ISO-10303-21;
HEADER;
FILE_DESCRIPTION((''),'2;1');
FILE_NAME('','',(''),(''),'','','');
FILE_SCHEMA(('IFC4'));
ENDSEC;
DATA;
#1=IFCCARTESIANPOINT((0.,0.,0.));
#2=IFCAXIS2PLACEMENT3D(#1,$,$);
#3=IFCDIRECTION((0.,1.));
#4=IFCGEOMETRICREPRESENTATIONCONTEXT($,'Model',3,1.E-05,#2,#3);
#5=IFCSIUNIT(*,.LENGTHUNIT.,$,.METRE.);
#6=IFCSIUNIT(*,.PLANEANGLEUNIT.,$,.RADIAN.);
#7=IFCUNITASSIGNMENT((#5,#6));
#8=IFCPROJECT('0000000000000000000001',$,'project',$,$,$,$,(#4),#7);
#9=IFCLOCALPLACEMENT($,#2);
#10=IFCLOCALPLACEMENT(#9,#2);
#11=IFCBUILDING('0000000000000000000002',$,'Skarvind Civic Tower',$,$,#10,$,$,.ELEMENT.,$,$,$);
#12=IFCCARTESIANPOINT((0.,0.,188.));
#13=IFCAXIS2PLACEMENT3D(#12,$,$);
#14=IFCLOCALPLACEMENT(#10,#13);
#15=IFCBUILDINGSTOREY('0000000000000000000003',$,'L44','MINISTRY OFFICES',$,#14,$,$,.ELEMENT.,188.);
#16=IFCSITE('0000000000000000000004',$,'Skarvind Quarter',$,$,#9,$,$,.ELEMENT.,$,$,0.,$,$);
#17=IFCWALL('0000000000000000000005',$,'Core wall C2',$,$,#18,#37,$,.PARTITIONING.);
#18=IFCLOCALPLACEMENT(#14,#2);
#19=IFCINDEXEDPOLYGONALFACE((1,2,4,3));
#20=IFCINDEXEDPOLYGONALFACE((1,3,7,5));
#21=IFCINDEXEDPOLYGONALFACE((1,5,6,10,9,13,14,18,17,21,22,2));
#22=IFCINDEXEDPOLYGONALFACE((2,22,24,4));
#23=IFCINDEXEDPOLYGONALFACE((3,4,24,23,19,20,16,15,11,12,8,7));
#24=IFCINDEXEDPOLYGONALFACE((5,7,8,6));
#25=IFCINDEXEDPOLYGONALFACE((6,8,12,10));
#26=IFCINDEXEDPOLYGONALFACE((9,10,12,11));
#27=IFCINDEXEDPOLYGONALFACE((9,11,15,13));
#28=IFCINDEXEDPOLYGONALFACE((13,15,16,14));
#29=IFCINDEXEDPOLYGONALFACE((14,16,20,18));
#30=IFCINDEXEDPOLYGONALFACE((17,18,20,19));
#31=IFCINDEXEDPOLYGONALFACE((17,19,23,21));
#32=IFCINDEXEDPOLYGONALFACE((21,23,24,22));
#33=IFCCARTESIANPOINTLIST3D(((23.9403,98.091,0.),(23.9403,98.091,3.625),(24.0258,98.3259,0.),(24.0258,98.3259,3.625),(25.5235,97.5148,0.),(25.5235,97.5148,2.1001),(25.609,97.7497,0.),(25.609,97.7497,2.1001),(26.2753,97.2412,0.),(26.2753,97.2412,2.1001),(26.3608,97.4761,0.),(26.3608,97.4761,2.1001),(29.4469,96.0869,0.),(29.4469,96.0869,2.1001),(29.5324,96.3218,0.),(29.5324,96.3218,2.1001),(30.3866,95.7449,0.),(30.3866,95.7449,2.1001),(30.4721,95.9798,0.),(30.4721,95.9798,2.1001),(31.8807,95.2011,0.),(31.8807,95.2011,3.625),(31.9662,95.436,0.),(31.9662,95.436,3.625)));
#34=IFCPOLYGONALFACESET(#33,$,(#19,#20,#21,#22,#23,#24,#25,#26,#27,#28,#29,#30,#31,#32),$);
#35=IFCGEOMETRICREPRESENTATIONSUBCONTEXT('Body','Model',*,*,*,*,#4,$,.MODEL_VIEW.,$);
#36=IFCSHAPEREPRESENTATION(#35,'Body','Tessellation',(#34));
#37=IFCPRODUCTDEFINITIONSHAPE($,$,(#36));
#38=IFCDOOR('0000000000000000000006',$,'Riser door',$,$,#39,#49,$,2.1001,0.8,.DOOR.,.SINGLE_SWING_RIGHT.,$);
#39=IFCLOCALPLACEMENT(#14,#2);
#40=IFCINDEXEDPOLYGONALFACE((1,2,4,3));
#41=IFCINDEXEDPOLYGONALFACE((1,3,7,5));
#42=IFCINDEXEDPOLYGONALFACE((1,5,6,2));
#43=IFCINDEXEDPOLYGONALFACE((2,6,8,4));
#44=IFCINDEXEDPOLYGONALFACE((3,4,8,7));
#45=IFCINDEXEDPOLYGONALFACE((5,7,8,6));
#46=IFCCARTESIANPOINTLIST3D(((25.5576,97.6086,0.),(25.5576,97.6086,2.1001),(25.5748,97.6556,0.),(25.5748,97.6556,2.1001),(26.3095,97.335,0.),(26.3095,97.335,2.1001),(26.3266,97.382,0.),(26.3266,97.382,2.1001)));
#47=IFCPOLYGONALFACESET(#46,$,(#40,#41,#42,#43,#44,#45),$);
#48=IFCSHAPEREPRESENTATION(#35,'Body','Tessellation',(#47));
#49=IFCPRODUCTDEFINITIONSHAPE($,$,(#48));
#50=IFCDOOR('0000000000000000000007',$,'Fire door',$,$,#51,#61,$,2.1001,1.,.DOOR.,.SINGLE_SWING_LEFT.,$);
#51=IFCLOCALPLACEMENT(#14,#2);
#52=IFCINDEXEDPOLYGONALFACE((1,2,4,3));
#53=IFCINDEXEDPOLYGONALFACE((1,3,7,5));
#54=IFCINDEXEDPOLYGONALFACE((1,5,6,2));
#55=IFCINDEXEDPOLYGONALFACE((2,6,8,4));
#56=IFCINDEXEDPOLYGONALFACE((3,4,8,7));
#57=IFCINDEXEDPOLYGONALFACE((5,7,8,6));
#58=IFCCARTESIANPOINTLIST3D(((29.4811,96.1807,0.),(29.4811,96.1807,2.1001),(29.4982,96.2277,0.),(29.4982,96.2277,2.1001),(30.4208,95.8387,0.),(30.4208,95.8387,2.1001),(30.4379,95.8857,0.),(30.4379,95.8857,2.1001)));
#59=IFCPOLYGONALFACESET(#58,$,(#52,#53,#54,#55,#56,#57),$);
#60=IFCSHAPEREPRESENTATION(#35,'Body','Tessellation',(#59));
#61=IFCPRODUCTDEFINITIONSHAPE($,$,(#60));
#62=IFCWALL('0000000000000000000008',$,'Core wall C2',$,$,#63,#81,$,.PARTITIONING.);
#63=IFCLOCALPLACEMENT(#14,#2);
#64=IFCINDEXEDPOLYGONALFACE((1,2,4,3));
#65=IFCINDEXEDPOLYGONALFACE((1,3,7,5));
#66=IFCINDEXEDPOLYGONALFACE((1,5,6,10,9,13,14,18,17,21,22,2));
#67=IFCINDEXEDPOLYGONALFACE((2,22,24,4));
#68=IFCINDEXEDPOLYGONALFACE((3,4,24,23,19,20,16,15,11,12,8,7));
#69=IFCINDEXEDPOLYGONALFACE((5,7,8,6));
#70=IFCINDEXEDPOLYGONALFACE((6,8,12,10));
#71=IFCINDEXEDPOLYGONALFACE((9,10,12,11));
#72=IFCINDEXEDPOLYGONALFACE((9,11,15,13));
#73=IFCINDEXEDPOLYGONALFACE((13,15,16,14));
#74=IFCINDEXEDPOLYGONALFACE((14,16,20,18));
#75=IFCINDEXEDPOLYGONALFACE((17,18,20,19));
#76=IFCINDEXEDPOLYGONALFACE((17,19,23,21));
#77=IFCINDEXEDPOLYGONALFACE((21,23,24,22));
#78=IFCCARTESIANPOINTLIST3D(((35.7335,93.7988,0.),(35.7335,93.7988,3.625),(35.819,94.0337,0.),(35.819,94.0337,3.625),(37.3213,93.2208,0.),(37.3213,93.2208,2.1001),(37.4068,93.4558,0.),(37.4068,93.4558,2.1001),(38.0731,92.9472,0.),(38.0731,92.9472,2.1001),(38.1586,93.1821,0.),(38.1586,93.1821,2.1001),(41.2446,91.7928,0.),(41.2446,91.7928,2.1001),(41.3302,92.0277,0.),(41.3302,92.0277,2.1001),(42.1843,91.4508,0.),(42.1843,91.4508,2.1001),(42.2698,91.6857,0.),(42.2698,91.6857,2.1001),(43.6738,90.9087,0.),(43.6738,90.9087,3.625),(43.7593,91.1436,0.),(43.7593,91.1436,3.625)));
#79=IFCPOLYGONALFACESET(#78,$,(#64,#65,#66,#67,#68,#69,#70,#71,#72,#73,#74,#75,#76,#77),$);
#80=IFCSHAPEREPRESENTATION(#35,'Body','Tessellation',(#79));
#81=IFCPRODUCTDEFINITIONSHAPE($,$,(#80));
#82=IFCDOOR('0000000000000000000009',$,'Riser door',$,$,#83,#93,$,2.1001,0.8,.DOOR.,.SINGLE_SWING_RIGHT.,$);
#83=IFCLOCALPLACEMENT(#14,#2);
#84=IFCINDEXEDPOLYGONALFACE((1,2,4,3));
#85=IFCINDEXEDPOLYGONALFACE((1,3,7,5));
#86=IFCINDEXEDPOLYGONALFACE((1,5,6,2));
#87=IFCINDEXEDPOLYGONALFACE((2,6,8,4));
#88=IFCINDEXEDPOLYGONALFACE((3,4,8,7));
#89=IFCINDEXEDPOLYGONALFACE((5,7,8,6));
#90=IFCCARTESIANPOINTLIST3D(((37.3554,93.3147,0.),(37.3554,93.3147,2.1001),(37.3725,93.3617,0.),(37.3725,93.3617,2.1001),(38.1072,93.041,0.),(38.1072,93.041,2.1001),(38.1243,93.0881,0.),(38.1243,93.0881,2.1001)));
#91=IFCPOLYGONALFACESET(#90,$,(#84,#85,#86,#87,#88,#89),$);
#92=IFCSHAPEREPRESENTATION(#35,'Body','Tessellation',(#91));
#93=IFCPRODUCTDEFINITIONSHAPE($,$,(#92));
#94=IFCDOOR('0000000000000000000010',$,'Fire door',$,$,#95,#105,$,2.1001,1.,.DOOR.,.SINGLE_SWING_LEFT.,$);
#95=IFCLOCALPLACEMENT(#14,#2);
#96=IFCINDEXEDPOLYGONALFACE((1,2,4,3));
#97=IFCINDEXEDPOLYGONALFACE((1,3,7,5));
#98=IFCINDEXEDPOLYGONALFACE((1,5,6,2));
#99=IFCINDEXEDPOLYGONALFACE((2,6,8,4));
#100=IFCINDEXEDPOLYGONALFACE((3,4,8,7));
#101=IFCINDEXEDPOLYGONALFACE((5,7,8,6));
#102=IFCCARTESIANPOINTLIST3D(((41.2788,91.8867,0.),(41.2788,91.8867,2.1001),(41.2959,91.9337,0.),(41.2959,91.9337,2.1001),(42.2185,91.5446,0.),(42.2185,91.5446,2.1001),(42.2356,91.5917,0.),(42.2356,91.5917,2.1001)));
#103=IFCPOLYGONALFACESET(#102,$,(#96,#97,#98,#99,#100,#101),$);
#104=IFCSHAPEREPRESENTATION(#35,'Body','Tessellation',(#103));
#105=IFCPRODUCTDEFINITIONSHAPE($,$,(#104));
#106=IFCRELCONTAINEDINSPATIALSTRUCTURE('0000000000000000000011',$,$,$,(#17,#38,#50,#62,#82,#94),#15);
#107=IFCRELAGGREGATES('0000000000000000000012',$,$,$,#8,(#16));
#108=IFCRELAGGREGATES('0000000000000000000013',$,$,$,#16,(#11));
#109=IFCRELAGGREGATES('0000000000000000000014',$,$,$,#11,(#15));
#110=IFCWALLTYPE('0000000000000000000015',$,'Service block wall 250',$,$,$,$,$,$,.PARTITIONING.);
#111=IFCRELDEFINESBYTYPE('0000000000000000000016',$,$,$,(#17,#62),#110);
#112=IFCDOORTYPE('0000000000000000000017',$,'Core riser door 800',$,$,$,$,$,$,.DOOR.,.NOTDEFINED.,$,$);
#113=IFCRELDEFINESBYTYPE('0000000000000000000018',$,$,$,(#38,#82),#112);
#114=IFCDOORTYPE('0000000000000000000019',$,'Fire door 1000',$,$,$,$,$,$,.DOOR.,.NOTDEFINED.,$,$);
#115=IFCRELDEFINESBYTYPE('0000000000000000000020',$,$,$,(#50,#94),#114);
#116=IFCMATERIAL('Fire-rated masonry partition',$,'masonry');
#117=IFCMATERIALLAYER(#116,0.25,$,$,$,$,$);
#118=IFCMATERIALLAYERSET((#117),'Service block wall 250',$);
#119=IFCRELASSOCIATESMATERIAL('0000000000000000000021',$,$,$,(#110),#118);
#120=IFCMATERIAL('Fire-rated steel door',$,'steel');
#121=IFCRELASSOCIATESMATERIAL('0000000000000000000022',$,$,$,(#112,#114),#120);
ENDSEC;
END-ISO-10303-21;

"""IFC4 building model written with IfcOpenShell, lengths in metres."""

from ifc_helpers import new_model, si_unit, direction, frame, frame_2d, origin, place, context, subcontext, project, spatial, rectangle, extrude, material, layer, layer_set, type_object, element, fill, save


model = new_model("IFC4")

# Units and contexts
model_context = context("Model", 3, precision=1e-05, world=origin(), true_north=direction((0.0, 1.0)))
body_context = subcontext(model_context, "Body", "Model", "MODEL_VIEW")
ifc_project = project(units=[si_unit("LENGTHUNIT", "METRE"), si_unit("PLANEANGLEUNIT", "RADIAN")], contexts=[model_context])

# Site, building, storey
site_placement = place(None, origin())
site = spatial("IfcSite", under=ifc_project, at=site_placement, Name="Skarvind Quarter", CompositionType="ELEMENT", RefElevation=0.0)
building_placement = place(site_placement, origin())
building = spatial("IfcBuilding", under=site, at=building_placement, Name="Skarvind Civic Tower", CompositionType="ELEMENT")
storey_placement = place(building_placement, frame((0.0, 0.0, 188.0)))
storey = spatial("IfcBuildingStorey", under=building, at=storey_placement, Name="L44", Description="MINISTRY OFFICES", CompositionType="ELEMENT", Elevation=188.0)

# Shared definitions
ifc_material_1 = material(Name="Fire-rated masonry partition", Category="masonry")
ifc_material_2 = material(Name="Fire-rated steel door", Category="steel")

# Walls, openings, doors
ifc_layer_1 = layer(ifc_material_1, 0.25)
ifc_layer_set_1 = layer_set([ifc_layer_1], Name="Service block wall 250")
wall_type_1 = type_object("IfcWallType", Name="Service block wall 250", PredefinedType="PARTITIONING", material=ifc_layer_set_1)
wall_1_placement = place(storey_placement, frame((23.9829, 98.2085, 0.0), z_axis=(0.0, 0.0, 1.0), x_axis=(0.9397, -0.342001, 0.0)))
wall_1 = element("IfcWall", 1, at=wall_1_placement, inside=storey, type_object=wall_type_1, Name="Core wall C2", PredefinedType="PARTITIONING", context=body_context, shape_type="SweptSolid", body=[
    extrude(rectangle(XDim=8.45, YDim=0.25, at=frame_2d((4.2251, 0.0))), origin(), (0.0, 0.0, 1.0), 3.625),
])
opening_1_placement = place(wall_1_placement, frame((5.8601, 0.0, 0.0)))
opening_1 = element("IfcOpeningElement", 2, at=opening_1_placement, cuts=wall_1, PredefinedType="OPENING", context=body_context, shape_type="SweptSolid", body=[
    extrude(rectangle(XDim=1.0, YDim=2.1001, at=frame_2d((0.5, 1.05))), frame((0.0, 0.135, 0.0), z_axis=(0.0, -1.0, 0.0), x_axis=(1.0, 0.0, 0.0)), (0.0, 0.0, 1.0), 0.27),
])
opening_2_placement = place(wall_1_placement, frame((1.6851, 0.0, 0.0)))
opening_2 = element("IfcOpeningElement", 3, at=opening_2_placement, cuts=wall_1, PredefinedType="OPENING", context=body_context, shape_type="SweptSolid", body=[
    extrude(rectangle(XDim=0.8, YDim=2.1001, at=frame_2d((0.3999, 1.05))), frame((0.0, 0.135, 0.0), z_axis=(0.0, -1.0, 0.0), x_axis=(1.0, 0.0, 0.0)), (0.0, 0.0, 1.0), 0.27),
])
door_type_1 = type_object("IfcDoorType", Name="Core riser door 800", OperationType="NOTDEFINED", PredefinedType="DOOR", material=ifc_material_2)
door_1_placement = place(opening_2_placement, origin())
door_1 = element("IfcDoor", 4, at=door_1_placement, inside=storey, type_object=door_type_1, Name="Riser door", OperationType="SINGLE_SWING_RIGHT", OverallHeight=2.1001, OverallWidth=0.8, PredefinedType="DOOR", context=body_context, shape_type="SweptSolid", body=[
    extrude(rectangle(XDim=0.8, YDim=2.1001, at=frame_2d((0.3999, 1.05))), frame((0.0, 0.0249, 0.0), z_axis=(0.0, -1.0, 0.0), x_axis=(1.0, 0.0, 0.0)), (0.0, 0.0, 1.0), 0.05),
])
fill(opening_2, door_1)
door_type_2 = type_object("IfcDoorType", Name="Fire door 1000", OperationType="NOTDEFINED", PredefinedType="DOOR", material=ifc_material_2)
door_2_placement = place(opening_1_placement, origin())
door_2 = element("IfcDoor", 5, at=door_2_placement, inside=storey, type_object=door_type_2, Name="Fire door", OperationType="SINGLE_SWING_LEFT", OverallHeight=2.1001, OverallWidth=1.0, PredefinedType="DOOR", context=body_context, shape_type="SweptSolid", body=[
    extrude(rectangle(XDim=1.0, YDim=2.1001, at=frame_2d((0.5, 1.05))), frame((0.0, 0.0249, 0.0), z_axis=(0.0, -1.0, 0.0), x_axis=(1.0, 0.0, 0.0)), (0.0, 0.0, 1.0), 0.05),
])
fill(opening_1, door_2)
wall_2_placement = place(storey_placement, frame((35.7761, 93.9163, 0.0), z_axis=(0.0, 0.0, 1.0), x_axis=(0.93969, -0.342026, 0.0)))
wall_2 = element("IfcWall", 6, at=wall_2_placement, inside=storey, type_object=wall_type_1, Name="Core wall C2", PredefinedType="PARTITIONING", context=body_context, shape_type="SweptSolid", body=[
    extrude(rectangle(XDim=8.45, YDim=0.25, at=frame_2d((4.2251, 0.0))), origin(), (0.0, 0.0, 1.0), 3.625),
])
opening_3_placement = place(wall_2_placement, frame((1.6899, 0.0, 0.0)))
opening_3 = element("IfcOpeningElement", 7, at=opening_3_placement, cuts=wall_2, PredefinedType="OPENING", context=body_context, shape_type="SweptSolid", body=[
    extrude(rectangle(XDim=0.8, YDim=2.1001, at=frame_2d((0.3999, 1.05))), frame((0.0, 0.135, 0.0), z_axis=(0.0, -1.0, 0.0), x_axis=(1.0, 0.0, 0.0)), (0.0, 0.0, 1.0), 0.27),
])
opening_4_placement = place(wall_2_placement, frame((5.865, 0.0, 0.0)))
opening_4 = element("IfcOpeningElement", 8, at=opening_4_placement, cuts=wall_2, PredefinedType="OPENING", context=body_context, shape_type="SweptSolid", body=[
    extrude(rectangle(XDim=1.0, YDim=2.1001, at=frame_2d((0.5, 1.05))), frame((0.0, 0.135, 0.0), z_axis=(0.0, -1.0, 0.0), x_axis=(1.0, 0.0, 0.0)), (0.0, 0.0, 1.0), 0.27),
])
door_3_placement = place(opening_3_placement, origin())
door_3 = element("IfcDoor", 9, at=door_3_placement, inside=storey, type_object=door_type_1, Name="Riser door", OperationType="SINGLE_SWING_RIGHT", OverallHeight=2.1001, OverallWidth=0.8, PredefinedType="DOOR", context=body_context, shape_type="SweptSolid", body=[
    extrude(rectangle(XDim=0.8, YDim=2.1001, at=frame_2d((0.3999, 1.05))), frame((0.0, 0.0249, 0.0), z_axis=(0.0, -1.0, 0.0), x_axis=(1.0, 0.0, 0.0)), (0.0, 0.0, 1.0), 0.05),
])
fill(opening_3, door_3)
door_4_placement = place(opening_4_placement, origin())
door_4 = element("IfcDoor", 10, at=door_4_placement, inside=storey, type_object=door_type_2, Name="Fire door", OperationType="SINGLE_SWING_LEFT", OverallHeight=2.1001, OverallWidth=1.0, PredefinedType="DOOR", context=body_context, shape_type="SweptSolid", body=[
    extrude(rectangle(XDim=1.0, YDim=2.1001, at=frame_2d((0.5, 1.05))), frame((0.0, 0.0249, 0.0), z_axis=(0.0, -1.0, 0.0), x_axis=(1.0, 0.0, 0.0)), (0.0, 0.0, 1.0), 0.05),
])
fill(opening_4, door_4)

save(model, "model.ifc")
